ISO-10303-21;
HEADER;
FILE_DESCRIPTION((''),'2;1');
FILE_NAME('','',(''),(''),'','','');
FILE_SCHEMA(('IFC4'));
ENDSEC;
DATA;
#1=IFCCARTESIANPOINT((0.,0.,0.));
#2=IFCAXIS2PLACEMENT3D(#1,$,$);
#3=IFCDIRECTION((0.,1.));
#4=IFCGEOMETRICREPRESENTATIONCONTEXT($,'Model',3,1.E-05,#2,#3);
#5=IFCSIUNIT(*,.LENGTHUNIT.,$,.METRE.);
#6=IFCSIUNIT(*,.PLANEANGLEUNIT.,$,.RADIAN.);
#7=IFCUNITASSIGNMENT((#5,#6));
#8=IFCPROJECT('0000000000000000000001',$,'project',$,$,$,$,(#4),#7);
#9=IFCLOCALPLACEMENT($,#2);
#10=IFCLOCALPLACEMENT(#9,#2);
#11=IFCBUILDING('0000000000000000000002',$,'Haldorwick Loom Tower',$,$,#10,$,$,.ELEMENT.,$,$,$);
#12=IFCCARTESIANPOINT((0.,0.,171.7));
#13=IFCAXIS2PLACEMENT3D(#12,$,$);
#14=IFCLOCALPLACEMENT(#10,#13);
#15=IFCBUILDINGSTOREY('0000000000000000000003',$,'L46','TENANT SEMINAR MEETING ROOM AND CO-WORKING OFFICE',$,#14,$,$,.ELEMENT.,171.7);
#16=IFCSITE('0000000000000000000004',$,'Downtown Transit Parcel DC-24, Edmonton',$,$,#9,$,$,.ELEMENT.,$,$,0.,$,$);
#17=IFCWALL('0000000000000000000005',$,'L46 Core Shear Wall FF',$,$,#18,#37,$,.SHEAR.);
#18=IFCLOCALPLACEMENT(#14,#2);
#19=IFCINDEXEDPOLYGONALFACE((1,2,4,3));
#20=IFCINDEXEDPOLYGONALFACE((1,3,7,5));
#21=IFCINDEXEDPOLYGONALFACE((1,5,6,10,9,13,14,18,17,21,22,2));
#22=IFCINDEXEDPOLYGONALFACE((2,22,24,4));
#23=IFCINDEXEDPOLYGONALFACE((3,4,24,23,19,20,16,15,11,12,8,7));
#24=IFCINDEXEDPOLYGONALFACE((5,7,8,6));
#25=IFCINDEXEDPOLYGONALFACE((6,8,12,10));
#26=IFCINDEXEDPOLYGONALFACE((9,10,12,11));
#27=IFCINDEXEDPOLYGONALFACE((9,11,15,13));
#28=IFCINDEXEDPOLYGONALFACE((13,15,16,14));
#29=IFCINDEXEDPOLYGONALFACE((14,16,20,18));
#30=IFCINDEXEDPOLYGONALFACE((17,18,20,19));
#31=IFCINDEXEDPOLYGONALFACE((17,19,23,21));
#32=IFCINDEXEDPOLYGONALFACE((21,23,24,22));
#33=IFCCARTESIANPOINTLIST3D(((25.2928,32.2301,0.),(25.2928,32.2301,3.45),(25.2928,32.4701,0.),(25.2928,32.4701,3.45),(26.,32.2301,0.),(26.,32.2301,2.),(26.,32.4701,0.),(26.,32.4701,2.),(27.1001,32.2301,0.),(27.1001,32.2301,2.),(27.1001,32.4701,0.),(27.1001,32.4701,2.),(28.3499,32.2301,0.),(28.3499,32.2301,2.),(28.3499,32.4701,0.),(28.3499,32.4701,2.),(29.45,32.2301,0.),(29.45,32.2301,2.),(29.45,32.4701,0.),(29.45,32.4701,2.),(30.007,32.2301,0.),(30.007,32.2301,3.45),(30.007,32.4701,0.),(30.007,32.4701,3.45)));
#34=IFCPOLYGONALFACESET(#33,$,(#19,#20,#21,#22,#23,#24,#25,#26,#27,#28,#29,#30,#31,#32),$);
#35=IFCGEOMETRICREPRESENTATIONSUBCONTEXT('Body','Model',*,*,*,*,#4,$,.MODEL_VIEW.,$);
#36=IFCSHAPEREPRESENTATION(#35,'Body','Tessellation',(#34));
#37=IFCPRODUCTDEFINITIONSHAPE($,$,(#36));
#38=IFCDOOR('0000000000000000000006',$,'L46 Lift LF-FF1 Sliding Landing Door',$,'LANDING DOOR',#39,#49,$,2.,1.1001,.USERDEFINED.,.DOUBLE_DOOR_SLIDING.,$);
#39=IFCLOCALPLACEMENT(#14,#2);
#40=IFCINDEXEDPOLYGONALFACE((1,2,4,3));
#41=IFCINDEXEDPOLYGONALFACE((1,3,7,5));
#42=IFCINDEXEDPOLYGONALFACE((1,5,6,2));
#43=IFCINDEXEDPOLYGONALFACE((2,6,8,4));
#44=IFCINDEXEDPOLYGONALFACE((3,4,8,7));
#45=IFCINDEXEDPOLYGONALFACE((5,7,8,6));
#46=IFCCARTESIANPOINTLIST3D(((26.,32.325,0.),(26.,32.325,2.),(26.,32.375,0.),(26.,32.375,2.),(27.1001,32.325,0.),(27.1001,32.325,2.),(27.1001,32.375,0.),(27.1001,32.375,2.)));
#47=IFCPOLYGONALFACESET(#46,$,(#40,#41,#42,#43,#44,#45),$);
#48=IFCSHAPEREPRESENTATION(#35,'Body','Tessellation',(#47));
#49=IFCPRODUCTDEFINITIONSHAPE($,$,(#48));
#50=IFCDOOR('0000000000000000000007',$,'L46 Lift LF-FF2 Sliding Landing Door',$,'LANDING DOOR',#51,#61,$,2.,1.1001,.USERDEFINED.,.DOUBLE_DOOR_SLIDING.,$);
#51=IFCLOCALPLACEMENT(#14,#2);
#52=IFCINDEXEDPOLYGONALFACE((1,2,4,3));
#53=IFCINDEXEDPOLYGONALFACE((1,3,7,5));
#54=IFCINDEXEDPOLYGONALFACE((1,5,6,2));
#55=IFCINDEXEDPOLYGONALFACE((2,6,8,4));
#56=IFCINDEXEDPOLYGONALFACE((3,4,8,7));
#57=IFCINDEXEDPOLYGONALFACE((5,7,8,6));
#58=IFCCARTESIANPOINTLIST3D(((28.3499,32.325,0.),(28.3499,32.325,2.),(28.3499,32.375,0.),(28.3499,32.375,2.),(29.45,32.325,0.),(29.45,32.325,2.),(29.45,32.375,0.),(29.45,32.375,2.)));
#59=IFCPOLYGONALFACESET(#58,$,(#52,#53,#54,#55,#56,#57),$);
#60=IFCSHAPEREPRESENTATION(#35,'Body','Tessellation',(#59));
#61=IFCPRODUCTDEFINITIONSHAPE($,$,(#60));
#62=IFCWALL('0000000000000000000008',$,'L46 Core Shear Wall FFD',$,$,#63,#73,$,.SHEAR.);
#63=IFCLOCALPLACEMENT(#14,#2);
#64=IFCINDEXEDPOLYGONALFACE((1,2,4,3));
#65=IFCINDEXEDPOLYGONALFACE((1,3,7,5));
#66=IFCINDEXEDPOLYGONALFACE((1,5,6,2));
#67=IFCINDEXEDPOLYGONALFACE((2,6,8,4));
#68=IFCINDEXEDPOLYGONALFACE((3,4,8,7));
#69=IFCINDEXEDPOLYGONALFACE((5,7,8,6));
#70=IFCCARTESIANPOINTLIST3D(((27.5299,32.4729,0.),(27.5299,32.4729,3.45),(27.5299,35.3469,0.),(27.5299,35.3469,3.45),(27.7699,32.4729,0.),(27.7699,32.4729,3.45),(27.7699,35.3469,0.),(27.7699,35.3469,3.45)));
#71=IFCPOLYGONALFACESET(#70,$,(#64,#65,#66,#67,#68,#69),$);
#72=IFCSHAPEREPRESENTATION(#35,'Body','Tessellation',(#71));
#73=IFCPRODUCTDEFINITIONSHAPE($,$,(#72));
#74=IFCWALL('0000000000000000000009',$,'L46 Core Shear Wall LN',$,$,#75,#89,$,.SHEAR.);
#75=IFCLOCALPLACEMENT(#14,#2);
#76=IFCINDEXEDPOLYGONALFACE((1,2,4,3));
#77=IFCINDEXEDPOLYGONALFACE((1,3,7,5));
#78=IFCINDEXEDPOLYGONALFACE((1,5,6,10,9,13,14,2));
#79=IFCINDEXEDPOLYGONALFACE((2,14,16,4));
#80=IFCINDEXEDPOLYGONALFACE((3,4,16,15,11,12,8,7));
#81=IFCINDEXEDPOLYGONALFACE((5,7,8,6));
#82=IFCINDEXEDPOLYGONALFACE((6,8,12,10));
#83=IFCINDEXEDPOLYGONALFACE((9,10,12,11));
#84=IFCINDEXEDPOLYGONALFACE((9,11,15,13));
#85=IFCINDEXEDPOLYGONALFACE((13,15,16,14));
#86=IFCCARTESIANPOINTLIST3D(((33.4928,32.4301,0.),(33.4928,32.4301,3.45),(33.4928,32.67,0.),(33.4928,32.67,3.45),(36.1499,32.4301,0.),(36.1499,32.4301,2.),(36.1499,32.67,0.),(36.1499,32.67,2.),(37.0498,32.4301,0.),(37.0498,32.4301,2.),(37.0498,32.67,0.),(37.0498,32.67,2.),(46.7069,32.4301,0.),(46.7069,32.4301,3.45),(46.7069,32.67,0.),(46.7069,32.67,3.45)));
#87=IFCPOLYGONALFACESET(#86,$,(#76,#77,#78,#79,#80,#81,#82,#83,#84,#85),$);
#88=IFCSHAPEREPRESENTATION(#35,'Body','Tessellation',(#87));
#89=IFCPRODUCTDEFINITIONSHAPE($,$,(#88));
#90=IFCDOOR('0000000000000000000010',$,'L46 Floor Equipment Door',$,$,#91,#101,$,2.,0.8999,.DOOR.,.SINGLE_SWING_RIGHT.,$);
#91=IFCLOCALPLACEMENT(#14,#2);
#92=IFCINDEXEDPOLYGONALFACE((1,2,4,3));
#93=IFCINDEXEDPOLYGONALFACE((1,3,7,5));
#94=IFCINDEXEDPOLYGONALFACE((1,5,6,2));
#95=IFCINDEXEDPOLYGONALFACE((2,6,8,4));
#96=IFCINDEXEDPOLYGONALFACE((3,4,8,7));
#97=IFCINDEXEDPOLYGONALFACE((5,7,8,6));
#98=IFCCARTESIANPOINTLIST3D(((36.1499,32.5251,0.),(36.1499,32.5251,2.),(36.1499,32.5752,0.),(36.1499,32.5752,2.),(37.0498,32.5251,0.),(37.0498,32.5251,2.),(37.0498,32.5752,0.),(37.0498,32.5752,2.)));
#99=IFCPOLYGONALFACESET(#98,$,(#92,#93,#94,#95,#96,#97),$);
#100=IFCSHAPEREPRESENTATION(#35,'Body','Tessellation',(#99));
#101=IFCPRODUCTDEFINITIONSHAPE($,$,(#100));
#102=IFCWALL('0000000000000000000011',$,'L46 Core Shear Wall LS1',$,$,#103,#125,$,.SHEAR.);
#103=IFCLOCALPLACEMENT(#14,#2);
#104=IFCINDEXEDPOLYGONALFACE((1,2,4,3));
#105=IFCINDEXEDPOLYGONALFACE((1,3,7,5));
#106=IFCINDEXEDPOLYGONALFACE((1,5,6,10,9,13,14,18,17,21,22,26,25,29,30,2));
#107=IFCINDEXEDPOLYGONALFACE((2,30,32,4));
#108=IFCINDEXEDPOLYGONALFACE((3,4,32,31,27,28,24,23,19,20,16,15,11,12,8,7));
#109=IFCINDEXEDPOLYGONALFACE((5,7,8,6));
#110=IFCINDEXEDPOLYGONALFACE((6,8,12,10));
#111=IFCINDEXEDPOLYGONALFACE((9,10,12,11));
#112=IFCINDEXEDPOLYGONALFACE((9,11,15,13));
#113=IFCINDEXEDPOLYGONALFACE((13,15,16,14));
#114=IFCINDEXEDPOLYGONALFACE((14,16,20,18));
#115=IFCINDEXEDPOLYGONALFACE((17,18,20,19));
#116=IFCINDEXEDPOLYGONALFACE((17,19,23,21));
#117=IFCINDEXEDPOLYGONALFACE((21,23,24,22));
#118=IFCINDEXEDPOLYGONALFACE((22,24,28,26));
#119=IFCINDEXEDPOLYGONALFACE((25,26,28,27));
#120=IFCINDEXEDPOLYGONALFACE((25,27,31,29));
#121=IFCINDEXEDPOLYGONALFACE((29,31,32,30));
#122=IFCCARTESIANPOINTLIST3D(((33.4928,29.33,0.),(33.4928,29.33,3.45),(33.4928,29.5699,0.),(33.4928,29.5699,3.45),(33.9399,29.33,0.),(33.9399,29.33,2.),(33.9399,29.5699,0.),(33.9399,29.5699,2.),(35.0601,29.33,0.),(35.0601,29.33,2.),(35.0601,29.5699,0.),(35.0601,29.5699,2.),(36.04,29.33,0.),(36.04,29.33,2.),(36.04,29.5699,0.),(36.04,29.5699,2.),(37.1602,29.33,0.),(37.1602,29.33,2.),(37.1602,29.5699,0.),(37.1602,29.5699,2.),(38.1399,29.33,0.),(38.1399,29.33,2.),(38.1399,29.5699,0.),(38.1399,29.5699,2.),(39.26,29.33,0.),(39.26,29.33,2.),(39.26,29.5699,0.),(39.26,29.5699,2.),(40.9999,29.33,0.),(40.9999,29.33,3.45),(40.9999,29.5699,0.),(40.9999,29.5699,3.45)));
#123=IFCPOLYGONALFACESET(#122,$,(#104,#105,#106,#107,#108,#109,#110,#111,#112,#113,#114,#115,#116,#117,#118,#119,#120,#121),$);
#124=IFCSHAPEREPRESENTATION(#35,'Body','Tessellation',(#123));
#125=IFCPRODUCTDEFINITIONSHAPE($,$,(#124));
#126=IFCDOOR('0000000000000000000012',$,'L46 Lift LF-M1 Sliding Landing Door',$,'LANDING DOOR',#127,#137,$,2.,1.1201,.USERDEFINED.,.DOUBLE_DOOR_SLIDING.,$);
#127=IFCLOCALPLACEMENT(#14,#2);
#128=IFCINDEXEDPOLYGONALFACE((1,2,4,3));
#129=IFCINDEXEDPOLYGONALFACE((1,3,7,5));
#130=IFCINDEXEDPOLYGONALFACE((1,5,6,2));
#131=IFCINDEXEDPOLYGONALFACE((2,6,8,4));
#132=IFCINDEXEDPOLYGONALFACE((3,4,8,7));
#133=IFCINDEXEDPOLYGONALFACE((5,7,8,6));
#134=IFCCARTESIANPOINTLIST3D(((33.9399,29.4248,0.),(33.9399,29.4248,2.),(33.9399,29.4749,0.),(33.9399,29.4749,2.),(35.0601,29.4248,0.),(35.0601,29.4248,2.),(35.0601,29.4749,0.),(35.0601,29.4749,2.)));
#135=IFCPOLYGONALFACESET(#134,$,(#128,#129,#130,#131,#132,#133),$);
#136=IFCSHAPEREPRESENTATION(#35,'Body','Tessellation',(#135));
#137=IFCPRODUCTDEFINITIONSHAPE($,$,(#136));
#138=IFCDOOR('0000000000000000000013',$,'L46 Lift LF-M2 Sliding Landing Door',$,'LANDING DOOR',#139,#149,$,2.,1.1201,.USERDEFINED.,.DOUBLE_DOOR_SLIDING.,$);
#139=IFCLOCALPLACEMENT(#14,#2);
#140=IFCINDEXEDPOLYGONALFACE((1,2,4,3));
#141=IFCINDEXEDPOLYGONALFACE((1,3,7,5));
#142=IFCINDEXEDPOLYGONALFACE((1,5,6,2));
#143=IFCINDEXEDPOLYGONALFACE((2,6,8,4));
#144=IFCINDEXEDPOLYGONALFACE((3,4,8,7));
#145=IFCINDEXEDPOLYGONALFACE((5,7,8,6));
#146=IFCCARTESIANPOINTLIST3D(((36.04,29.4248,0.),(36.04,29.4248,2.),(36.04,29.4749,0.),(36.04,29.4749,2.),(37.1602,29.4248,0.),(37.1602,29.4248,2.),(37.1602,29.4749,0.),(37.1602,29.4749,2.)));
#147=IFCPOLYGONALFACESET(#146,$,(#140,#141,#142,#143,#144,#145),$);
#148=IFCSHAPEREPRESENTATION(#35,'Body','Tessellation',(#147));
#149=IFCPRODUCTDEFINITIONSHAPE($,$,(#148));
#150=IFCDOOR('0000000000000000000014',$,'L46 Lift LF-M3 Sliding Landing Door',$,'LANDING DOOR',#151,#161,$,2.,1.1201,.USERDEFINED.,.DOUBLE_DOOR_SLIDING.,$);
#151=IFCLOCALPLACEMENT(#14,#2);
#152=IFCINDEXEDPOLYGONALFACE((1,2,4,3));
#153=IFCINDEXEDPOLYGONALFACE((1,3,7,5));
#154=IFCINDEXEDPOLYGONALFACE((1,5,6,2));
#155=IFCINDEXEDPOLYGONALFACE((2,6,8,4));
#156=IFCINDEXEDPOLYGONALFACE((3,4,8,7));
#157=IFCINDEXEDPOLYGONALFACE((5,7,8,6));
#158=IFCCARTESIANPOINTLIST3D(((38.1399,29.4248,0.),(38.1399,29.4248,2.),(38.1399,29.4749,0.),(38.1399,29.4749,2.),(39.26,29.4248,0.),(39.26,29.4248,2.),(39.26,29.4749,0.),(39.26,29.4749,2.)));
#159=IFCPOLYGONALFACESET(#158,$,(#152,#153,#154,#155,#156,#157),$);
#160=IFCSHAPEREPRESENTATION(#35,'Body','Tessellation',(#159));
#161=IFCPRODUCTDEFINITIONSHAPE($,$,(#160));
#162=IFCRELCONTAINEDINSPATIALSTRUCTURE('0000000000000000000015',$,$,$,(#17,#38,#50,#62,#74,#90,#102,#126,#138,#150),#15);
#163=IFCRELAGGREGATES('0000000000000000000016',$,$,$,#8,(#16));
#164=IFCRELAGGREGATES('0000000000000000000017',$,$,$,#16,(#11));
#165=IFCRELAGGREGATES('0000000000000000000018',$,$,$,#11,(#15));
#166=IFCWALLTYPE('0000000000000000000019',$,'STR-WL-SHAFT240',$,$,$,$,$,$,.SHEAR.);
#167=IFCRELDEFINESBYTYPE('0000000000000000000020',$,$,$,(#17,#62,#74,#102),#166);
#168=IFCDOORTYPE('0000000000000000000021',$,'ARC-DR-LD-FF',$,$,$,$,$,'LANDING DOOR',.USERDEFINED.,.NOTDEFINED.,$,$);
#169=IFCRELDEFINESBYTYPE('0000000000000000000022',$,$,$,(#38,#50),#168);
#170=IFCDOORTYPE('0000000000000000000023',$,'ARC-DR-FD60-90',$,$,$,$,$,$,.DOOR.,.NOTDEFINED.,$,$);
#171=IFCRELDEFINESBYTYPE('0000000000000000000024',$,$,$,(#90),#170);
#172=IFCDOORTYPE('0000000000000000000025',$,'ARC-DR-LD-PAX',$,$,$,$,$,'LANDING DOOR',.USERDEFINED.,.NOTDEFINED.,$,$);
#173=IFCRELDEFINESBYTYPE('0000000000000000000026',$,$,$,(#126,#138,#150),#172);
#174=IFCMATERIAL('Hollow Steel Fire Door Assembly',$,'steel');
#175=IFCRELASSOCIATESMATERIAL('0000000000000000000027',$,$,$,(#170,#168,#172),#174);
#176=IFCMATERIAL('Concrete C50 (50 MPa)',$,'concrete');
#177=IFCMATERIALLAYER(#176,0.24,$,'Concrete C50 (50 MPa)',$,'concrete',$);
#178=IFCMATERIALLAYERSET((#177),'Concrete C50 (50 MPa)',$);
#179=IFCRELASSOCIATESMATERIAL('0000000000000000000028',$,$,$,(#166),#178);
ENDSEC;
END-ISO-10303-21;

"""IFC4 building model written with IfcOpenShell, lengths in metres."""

from ifc_helpers import new_model, si_unit, direction, frame, frame_2d, origin, place, context, subcontext, project, spatial, rectangle, extrude, material, layer, layer_set, type_object, element, fill, save


model = new_model("IFC4")

# Units and contexts
model_context = context("Model", 3, precision=1e-05, world=origin(), true_north=direction((0.0, 1.0)))
body_context = subcontext(model_context, "Body", "Model", "MODEL_VIEW")
ifc_project = project(units=[si_unit("LENGTHUNIT", "METRE"), si_unit("PLANEANGLEUNIT", "RADIAN")], contexts=[model_context])

# Site, building, storey
site_placement = place(None, origin())
site = spatial("IfcSite", under=ifc_project, at=site_placement, Name="Downtown Transit Parcel DC-24, Edmonton", CompositionType="ELEMENT", RefElevation=0.0)
building_placement = place(site_placement, origin())
building = spatial("IfcBuilding", under=site, at=building_placement, Name="Haldorwick Loom Tower", CompositionType="ELEMENT")
storey_placement = place(building_placement, frame((0.0, 0.0, 171.7)))
storey = spatial("IfcBuildingStorey", under=building, at=storey_placement, Name="L46", Description="TENANT SEMINAR MEETING ROOM AND CO-WORKING OFFICE", CompositionType="ELEMENT", Elevation=171.7)

# Shared definitions
ifc_material_1 = material(Name="Hollow Steel Fire Door Assembly", Category="steel")
door_type_1 = type_object("IfcDoorType", Name="ARC-DR-FD60-90", OperationType="NOTDEFINED", PredefinedType="DOOR", material=ifc_material_1)

# Shared definitions
ifc_material_2 = material(Name="Concrete C50 (50 MPa)", Category="concrete")
ifc_layer_1 = layer(ifc_material_2, 0.24, Name="Concrete C50 (50 MPa)", Category="concrete")
ifc_layer_set_1 = layer_set([ifc_layer_1], Name="Concrete C50 (50 MPa)")
wall_type_1 = type_object("IfcWallType", Name="STR-WL-SHAFT240", PredefinedType="SHEAR", material=ifc_layer_set_1)

# Wall, openings, doors
wall_1_placement = place(storey_placement, frame((25.293, 32.3501, 0.0), z_axis=(0.0, 0.0, 1.0), x_axis=(1.0, 0.0, 0.0)))
wall_1 = element("IfcWall", 1, at=wall_1_placement, inside=storey, type_object=wall_type_1, Name="L46 Core Shear Wall FF", PredefinedType="SHEAR", context=body_context, shape_type="SweptSolid", body=[
    extrude(rectangle(XDim=4.7141, YDim=0.24, at=frame_2d((2.3569, 0.0))), origin(), (0.0, 0.0, 1.0), 3.45),
])
opening_1_placement = place(wall_1_placement, frame((0.707, 0.0, 0.0)))
opening_1 = element("IfcOpeningElement", 2, at=opening_1_placement, cuts=wall_1, PredefinedType="OPENING", context=body_context, shape_type="SweptSolid", body=[
    extrude(rectangle(XDim=1.1001, YDim=2.0, at=frame_2d((0.55, 1.0))), frame((0.0, 0.1299, 0.0), z_axis=(0.0, -1.0, 0.0), x_axis=(1.0, 0.0, 0.0)), (0.0, 0.0, 1.0), 0.26),
])
opening_2_placement = place(wall_1_placement, frame((3.0569, 0.0, 0.0)))
opening_2 = element("IfcOpeningElement", 3, at=opening_2_placement, cuts=wall_1, PredefinedType="OPENING", context=body_context, shape_type="SweptSolid", body=[
    extrude(rectangle(XDim=1.1001, YDim=2.0, at=frame_2d((0.55, 1.0))), frame((0.0, 0.1299, 0.0), z_axis=(0.0, -1.0, 0.0), x_axis=(1.0, 0.0, 0.0)), (0.0, 0.0, 1.0), 0.26),
])
door_type_2 = type_object("IfcDoorType", Name="ARC-DR-LD-FF", ElementType="LANDING DOOR", OperationType="NOTDEFINED", PredefinedType="USERDEFINED", material=ifc_material_1)
door_1_placement = place(opening_1_placement, origin())
door_1 = element("IfcDoor", 4, at=door_1_placement, inside=storey, type_object=door_type_2, Name="L46 Lift LF-FF1 Sliding Landing Door", ObjectType="LANDING DOOR", OperationType="DOUBLE_DOOR_SLIDING", OverallHeight=2.0, OverallWidth=1.1001, PredefinedType="USERDEFINED", context=body_context, shape_type="SweptSolid", body=[
    extrude(rectangle(XDim=1.1001, YDim=2.0, at=frame_2d((0.55, 1.0))), frame((0.0, 0.0249, 0.0), z_axis=(0.0, -1.0, 0.0), x_axis=(1.0, 0.0, 0.0)), (0.0, 0.0, 1.0), 0.05),
])
fill(opening_1, door_1)
door_2_placement = place(opening_2_placement, origin())
door_2 = element("IfcDoor", 5, at=door_2_placement, inside=storey, type_object=door_type_2, Name="L46 Lift LF-FF2 Sliding Landing Door", ObjectType="LANDING DOOR", OperationType="DOUBLE_DOOR_SLIDING", OverallHeight=2.0, OverallWidth=1.1001, PredefinedType="USERDEFINED", context=body_context, shape_type="SweptSolid", body=[
    extrude(rectangle(XDim=1.1001, YDim=2.0, at=frame_2d((0.55, 1.0))), frame((0.0, 0.0249, 0.0), z_axis=(0.0, -1.0, 0.0), x_axis=(1.0, 0.0, 0.0)), (0.0, 0.0, 1.0), 0.05),
])
fill(opening_2, door_2)

# Wall
wall_2_placement = place(storey_placement, frame((27.6499, 32.4729, 0.0), z_axis=(0.0, 0.0, 1.0), x_axis=(0.0, 1.0, 0.0)))
element("IfcWall", 6, at=wall_2_placement, inside=storey, type_object=wall_type_1, Name="L46 Core Shear Wall FFD", PredefinedType="SHEAR", context=body_context, shape_type="SweptSolid", body=[
    extrude(rectangle(XDim=2.874, YDim=0.24, at=frame_2d((1.437, 0.0))), origin(), (0.0, 0.0, 1.0), 3.45),
])

# Wall, opening, door
wall_3_placement = place(storey_placement, frame((33.4929, 32.55, 0.0), z_axis=(0.0, 0.0, 1.0), x_axis=(1.0, 0.0, 0.0)))
wall_3 = element("IfcWall", 7, at=wall_3_placement, inside=storey, type_object=wall_type_1, Name="L46 Core Shear Wall LN", PredefinedType="SHEAR", context=body_context, shape_type="SweptSolid", body=[
    extrude(rectangle(XDim=13.2141, YDim=0.24, at=frame_2d((6.6069, 0.0))), origin(), (0.0, 0.0, 1.0), 3.45),
])
opening_3_placement = place(wall_3_placement, frame((2.657, 0.0, 0.0)))
opening_3 = element("IfcOpeningElement", 8, at=opening_3_placement, cuts=wall_3, PredefinedType="OPENING", context=body_context, shape_type="SweptSolid", body=[
    extrude(rectangle(XDim=0.8999, YDim=2.0, at=frame_2d((0.45, 1.0))), frame((0.0, 0.1299, 0.0), z_axis=(0.0, -1.0, 0.0), x_axis=(1.0, 0.0, 0.0)), (0.0, 0.0, 1.0), 0.26),
])
door_3_placement = place(opening_3_placement, frame((0.8999, 0.0, 0.0), z_axis=(0.0, 0.0, 1.0), x_axis=(-1.0, 0.0, 0.0)))
door_3 = element("IfcDoor", 9, at=door_3_placement, inside=storey, type_object=door_type_1, Name="L46 Floor Equipment Door", OperationType="SINGLE_SWING_RIGHT", OverallHeight=2.0, OverallWidth=0.8999, PredefinedType="DOOR", context=body_context, shape_type="SweptSolid", body=[
    extrude(rectangle(XDim=0.8999, YDim=2.0, at=frame_2d((0.45, 1.0))), frame((0.0, 0.0249, 0.0), z_axis=(0.0, -1.0, 0.0), x_axis=(1.0, 0.0, 0.0)), (0.0, 0.0, 1.0), 0.05),
])
fill(opening_3, door_3)

# Wall, openings, doors
wall_4_placement = place(storey_placement, frame((33.4929, 29.45, 0.0), z_axis=(0.0, 0.0, 1.0), x_axis=(1.0, 0.0, 0.0)))
wall_4 = element("IfcWall", 10, at=wall_4_placement, inside=storey, type_object=wall_type_1, Name="L46 Core Shear Wall LS1", PredefinedType="SHEAR", context=body_context, shape_type="SweptSolid", body=[
    extrude(rectangle(XDim=7.5071, YDim=0.24, at=frame_2d((3.7534, 0.0))), origin(), (0.0, 0.0, 1.0), 3.45),
])
opening_4_placement = place(wall_4_placement, frame((0.447, 0.0, 0.0)))
opening_4 = element("IfcOpeningElement", 11, at=opening_4_placement, cuts=wall_4, PredefinedType="OPENING", context=body_context, shape_type="SweptSolid", body=[
    extrude(rectangle(XDim=1.1201, YDim=2.0, at=frame_2d((0.5601, 1.0))), frame((0.0, 0.1299, 0.0), z_axis=(0.0, -1.0, 0.0), x_axis=(1.0, 0.0, 0.0)), (0.0, 0.0, 1.0), 0.26),
])
opening_5_placement = place(wall_4_placement, frame((2.5471, 0.0, 0.0)))
opening_5 = element("IfcOpeningElement", 12, at=opening_5_placement, cuts=wall_4, PredefinedType="OPENING", context=body_context, shape_type="SweptSolid", body=[
    extrude(rectangle(XDim=1.1201, YDim=2.0, at=frame_2d((0.5601, 1.0))), frame((0.0, 0.1299, 0.0), z_axis=(0.0, -1.0, 0.0), x_axis=(1.0, 0.0, 0.0)), (0.0, 0.0, 1.0), 0.26),
])
opening_6_placement = place(wall_4_placement, frame((4.647, 0.0, 0.0)))
opening_6 = element("IfcOpeningElement", 13, at=opening_6_placement, cuts=wall_4, PredefinedType="OPENING", context=body_context, shape_type="SweptSolid", body=[
    extrude(rectangle(XDim=1.1201, YDim=2.0, at=frame_2d((0.5601, 1.0))), frame((0.0, 0.1299, 0.0), z_axis=(0.0, -1.0, 0.0), x_axis=(1.0, 0.0, 0.0)), (0.0, 0.0, 1.0), 0.26),
])
door_type_3 = type_object("IfcDoorType", Name="ARC-DR-LD-PAX", ElementType="LANDING DOOR", OperationType="NOTDEFINED", PredefinedType="USERDEFINED", material=ifc_material_1)
door_4_placement = place(opening_4_placement, origin())
door_4 = element("IfcDoor", 14, at=door_4_placement, inside=storey, type_object=door_type_3, Name="L46 Lift LF-M1 Sliding Landing Door", ObjectType="LANDING DOOR", OperationType="DOUBLE_DOOR_SLIDING", OverallHeight=2.0, OverallWidth=1.1201, PredefinedType="USERDEFINED", context=body_context, shape_type="SweptSolid", body=[
    extrude(rectangle(XDim=1.1201, YDim=2.0, at=frame_2d((0.5601, 1.0))), frame((0.0, 0.0249, 0.0), z_axis=(0.0, -1.0, 0.0), x_axis=(1.0, 0.0, 0.0)), (0.0, 0.0, 1.0), 0.05),
])
fill(opening_4, door_4)
door_5_placement = place(opening_5_placement, origin())
door_5 = element("IfcDoor", 15, at=door_5_placement, inside=storey, type_object=door_type_3, Name="L46 Lift LF-M2 Sliding Landing Door", ObjectType="LANDING DOOR", OperationType="DOUBLE_DOOR_SLIDING", OverallHeight=2.0, OverallWidth=1.1201, PredefinedType="USERDEFINED", context=body_context, shape_type="SweptSolid", body=[
    extrude(rectangle(XDim=1.1201, YDim=2.0, at=frame_2d((0.5601, 1.0))), frame((0.0, 0.0249, 0.0), z_axis=(0.0, -1.0, 0.0), x_axis=(1.0, 0.0, 0.0)), (0.0, 0.0, 1.0), 0.05),
])
fill(opening_5, door_5)
door_6_placement = place(opening_6_placement, origin())
door_6 = element("IfcDoor", 16, at=door_6_placement, inside=storey, type_object=door_type_3, Name="L46 Lift LF-M3 Sliding Landing Door", ObjectType="LANDING DOOR", OperationType="DOUBLE_DOOR_SLIDING", OverallHeight=2.0, OverallWidth=1.1201, PredefinedType="USERDEFINED", context=body_context, shape_type="SweptSolid", body=[
    extrude(rectangle(XDim=1.1201, YDim=2.0, at=frame_2d((0.5601, 1.0))), frame((0.0, 0.0249, 0.0), z_axis=(0.0, -1.0, 0.0), x_axis=(1.0, 0.0, 0.0)), (0.0, 0.0, 1.0), 0.05),
])
fill(opening_6, door_6)

save(model, "model.ifc")
